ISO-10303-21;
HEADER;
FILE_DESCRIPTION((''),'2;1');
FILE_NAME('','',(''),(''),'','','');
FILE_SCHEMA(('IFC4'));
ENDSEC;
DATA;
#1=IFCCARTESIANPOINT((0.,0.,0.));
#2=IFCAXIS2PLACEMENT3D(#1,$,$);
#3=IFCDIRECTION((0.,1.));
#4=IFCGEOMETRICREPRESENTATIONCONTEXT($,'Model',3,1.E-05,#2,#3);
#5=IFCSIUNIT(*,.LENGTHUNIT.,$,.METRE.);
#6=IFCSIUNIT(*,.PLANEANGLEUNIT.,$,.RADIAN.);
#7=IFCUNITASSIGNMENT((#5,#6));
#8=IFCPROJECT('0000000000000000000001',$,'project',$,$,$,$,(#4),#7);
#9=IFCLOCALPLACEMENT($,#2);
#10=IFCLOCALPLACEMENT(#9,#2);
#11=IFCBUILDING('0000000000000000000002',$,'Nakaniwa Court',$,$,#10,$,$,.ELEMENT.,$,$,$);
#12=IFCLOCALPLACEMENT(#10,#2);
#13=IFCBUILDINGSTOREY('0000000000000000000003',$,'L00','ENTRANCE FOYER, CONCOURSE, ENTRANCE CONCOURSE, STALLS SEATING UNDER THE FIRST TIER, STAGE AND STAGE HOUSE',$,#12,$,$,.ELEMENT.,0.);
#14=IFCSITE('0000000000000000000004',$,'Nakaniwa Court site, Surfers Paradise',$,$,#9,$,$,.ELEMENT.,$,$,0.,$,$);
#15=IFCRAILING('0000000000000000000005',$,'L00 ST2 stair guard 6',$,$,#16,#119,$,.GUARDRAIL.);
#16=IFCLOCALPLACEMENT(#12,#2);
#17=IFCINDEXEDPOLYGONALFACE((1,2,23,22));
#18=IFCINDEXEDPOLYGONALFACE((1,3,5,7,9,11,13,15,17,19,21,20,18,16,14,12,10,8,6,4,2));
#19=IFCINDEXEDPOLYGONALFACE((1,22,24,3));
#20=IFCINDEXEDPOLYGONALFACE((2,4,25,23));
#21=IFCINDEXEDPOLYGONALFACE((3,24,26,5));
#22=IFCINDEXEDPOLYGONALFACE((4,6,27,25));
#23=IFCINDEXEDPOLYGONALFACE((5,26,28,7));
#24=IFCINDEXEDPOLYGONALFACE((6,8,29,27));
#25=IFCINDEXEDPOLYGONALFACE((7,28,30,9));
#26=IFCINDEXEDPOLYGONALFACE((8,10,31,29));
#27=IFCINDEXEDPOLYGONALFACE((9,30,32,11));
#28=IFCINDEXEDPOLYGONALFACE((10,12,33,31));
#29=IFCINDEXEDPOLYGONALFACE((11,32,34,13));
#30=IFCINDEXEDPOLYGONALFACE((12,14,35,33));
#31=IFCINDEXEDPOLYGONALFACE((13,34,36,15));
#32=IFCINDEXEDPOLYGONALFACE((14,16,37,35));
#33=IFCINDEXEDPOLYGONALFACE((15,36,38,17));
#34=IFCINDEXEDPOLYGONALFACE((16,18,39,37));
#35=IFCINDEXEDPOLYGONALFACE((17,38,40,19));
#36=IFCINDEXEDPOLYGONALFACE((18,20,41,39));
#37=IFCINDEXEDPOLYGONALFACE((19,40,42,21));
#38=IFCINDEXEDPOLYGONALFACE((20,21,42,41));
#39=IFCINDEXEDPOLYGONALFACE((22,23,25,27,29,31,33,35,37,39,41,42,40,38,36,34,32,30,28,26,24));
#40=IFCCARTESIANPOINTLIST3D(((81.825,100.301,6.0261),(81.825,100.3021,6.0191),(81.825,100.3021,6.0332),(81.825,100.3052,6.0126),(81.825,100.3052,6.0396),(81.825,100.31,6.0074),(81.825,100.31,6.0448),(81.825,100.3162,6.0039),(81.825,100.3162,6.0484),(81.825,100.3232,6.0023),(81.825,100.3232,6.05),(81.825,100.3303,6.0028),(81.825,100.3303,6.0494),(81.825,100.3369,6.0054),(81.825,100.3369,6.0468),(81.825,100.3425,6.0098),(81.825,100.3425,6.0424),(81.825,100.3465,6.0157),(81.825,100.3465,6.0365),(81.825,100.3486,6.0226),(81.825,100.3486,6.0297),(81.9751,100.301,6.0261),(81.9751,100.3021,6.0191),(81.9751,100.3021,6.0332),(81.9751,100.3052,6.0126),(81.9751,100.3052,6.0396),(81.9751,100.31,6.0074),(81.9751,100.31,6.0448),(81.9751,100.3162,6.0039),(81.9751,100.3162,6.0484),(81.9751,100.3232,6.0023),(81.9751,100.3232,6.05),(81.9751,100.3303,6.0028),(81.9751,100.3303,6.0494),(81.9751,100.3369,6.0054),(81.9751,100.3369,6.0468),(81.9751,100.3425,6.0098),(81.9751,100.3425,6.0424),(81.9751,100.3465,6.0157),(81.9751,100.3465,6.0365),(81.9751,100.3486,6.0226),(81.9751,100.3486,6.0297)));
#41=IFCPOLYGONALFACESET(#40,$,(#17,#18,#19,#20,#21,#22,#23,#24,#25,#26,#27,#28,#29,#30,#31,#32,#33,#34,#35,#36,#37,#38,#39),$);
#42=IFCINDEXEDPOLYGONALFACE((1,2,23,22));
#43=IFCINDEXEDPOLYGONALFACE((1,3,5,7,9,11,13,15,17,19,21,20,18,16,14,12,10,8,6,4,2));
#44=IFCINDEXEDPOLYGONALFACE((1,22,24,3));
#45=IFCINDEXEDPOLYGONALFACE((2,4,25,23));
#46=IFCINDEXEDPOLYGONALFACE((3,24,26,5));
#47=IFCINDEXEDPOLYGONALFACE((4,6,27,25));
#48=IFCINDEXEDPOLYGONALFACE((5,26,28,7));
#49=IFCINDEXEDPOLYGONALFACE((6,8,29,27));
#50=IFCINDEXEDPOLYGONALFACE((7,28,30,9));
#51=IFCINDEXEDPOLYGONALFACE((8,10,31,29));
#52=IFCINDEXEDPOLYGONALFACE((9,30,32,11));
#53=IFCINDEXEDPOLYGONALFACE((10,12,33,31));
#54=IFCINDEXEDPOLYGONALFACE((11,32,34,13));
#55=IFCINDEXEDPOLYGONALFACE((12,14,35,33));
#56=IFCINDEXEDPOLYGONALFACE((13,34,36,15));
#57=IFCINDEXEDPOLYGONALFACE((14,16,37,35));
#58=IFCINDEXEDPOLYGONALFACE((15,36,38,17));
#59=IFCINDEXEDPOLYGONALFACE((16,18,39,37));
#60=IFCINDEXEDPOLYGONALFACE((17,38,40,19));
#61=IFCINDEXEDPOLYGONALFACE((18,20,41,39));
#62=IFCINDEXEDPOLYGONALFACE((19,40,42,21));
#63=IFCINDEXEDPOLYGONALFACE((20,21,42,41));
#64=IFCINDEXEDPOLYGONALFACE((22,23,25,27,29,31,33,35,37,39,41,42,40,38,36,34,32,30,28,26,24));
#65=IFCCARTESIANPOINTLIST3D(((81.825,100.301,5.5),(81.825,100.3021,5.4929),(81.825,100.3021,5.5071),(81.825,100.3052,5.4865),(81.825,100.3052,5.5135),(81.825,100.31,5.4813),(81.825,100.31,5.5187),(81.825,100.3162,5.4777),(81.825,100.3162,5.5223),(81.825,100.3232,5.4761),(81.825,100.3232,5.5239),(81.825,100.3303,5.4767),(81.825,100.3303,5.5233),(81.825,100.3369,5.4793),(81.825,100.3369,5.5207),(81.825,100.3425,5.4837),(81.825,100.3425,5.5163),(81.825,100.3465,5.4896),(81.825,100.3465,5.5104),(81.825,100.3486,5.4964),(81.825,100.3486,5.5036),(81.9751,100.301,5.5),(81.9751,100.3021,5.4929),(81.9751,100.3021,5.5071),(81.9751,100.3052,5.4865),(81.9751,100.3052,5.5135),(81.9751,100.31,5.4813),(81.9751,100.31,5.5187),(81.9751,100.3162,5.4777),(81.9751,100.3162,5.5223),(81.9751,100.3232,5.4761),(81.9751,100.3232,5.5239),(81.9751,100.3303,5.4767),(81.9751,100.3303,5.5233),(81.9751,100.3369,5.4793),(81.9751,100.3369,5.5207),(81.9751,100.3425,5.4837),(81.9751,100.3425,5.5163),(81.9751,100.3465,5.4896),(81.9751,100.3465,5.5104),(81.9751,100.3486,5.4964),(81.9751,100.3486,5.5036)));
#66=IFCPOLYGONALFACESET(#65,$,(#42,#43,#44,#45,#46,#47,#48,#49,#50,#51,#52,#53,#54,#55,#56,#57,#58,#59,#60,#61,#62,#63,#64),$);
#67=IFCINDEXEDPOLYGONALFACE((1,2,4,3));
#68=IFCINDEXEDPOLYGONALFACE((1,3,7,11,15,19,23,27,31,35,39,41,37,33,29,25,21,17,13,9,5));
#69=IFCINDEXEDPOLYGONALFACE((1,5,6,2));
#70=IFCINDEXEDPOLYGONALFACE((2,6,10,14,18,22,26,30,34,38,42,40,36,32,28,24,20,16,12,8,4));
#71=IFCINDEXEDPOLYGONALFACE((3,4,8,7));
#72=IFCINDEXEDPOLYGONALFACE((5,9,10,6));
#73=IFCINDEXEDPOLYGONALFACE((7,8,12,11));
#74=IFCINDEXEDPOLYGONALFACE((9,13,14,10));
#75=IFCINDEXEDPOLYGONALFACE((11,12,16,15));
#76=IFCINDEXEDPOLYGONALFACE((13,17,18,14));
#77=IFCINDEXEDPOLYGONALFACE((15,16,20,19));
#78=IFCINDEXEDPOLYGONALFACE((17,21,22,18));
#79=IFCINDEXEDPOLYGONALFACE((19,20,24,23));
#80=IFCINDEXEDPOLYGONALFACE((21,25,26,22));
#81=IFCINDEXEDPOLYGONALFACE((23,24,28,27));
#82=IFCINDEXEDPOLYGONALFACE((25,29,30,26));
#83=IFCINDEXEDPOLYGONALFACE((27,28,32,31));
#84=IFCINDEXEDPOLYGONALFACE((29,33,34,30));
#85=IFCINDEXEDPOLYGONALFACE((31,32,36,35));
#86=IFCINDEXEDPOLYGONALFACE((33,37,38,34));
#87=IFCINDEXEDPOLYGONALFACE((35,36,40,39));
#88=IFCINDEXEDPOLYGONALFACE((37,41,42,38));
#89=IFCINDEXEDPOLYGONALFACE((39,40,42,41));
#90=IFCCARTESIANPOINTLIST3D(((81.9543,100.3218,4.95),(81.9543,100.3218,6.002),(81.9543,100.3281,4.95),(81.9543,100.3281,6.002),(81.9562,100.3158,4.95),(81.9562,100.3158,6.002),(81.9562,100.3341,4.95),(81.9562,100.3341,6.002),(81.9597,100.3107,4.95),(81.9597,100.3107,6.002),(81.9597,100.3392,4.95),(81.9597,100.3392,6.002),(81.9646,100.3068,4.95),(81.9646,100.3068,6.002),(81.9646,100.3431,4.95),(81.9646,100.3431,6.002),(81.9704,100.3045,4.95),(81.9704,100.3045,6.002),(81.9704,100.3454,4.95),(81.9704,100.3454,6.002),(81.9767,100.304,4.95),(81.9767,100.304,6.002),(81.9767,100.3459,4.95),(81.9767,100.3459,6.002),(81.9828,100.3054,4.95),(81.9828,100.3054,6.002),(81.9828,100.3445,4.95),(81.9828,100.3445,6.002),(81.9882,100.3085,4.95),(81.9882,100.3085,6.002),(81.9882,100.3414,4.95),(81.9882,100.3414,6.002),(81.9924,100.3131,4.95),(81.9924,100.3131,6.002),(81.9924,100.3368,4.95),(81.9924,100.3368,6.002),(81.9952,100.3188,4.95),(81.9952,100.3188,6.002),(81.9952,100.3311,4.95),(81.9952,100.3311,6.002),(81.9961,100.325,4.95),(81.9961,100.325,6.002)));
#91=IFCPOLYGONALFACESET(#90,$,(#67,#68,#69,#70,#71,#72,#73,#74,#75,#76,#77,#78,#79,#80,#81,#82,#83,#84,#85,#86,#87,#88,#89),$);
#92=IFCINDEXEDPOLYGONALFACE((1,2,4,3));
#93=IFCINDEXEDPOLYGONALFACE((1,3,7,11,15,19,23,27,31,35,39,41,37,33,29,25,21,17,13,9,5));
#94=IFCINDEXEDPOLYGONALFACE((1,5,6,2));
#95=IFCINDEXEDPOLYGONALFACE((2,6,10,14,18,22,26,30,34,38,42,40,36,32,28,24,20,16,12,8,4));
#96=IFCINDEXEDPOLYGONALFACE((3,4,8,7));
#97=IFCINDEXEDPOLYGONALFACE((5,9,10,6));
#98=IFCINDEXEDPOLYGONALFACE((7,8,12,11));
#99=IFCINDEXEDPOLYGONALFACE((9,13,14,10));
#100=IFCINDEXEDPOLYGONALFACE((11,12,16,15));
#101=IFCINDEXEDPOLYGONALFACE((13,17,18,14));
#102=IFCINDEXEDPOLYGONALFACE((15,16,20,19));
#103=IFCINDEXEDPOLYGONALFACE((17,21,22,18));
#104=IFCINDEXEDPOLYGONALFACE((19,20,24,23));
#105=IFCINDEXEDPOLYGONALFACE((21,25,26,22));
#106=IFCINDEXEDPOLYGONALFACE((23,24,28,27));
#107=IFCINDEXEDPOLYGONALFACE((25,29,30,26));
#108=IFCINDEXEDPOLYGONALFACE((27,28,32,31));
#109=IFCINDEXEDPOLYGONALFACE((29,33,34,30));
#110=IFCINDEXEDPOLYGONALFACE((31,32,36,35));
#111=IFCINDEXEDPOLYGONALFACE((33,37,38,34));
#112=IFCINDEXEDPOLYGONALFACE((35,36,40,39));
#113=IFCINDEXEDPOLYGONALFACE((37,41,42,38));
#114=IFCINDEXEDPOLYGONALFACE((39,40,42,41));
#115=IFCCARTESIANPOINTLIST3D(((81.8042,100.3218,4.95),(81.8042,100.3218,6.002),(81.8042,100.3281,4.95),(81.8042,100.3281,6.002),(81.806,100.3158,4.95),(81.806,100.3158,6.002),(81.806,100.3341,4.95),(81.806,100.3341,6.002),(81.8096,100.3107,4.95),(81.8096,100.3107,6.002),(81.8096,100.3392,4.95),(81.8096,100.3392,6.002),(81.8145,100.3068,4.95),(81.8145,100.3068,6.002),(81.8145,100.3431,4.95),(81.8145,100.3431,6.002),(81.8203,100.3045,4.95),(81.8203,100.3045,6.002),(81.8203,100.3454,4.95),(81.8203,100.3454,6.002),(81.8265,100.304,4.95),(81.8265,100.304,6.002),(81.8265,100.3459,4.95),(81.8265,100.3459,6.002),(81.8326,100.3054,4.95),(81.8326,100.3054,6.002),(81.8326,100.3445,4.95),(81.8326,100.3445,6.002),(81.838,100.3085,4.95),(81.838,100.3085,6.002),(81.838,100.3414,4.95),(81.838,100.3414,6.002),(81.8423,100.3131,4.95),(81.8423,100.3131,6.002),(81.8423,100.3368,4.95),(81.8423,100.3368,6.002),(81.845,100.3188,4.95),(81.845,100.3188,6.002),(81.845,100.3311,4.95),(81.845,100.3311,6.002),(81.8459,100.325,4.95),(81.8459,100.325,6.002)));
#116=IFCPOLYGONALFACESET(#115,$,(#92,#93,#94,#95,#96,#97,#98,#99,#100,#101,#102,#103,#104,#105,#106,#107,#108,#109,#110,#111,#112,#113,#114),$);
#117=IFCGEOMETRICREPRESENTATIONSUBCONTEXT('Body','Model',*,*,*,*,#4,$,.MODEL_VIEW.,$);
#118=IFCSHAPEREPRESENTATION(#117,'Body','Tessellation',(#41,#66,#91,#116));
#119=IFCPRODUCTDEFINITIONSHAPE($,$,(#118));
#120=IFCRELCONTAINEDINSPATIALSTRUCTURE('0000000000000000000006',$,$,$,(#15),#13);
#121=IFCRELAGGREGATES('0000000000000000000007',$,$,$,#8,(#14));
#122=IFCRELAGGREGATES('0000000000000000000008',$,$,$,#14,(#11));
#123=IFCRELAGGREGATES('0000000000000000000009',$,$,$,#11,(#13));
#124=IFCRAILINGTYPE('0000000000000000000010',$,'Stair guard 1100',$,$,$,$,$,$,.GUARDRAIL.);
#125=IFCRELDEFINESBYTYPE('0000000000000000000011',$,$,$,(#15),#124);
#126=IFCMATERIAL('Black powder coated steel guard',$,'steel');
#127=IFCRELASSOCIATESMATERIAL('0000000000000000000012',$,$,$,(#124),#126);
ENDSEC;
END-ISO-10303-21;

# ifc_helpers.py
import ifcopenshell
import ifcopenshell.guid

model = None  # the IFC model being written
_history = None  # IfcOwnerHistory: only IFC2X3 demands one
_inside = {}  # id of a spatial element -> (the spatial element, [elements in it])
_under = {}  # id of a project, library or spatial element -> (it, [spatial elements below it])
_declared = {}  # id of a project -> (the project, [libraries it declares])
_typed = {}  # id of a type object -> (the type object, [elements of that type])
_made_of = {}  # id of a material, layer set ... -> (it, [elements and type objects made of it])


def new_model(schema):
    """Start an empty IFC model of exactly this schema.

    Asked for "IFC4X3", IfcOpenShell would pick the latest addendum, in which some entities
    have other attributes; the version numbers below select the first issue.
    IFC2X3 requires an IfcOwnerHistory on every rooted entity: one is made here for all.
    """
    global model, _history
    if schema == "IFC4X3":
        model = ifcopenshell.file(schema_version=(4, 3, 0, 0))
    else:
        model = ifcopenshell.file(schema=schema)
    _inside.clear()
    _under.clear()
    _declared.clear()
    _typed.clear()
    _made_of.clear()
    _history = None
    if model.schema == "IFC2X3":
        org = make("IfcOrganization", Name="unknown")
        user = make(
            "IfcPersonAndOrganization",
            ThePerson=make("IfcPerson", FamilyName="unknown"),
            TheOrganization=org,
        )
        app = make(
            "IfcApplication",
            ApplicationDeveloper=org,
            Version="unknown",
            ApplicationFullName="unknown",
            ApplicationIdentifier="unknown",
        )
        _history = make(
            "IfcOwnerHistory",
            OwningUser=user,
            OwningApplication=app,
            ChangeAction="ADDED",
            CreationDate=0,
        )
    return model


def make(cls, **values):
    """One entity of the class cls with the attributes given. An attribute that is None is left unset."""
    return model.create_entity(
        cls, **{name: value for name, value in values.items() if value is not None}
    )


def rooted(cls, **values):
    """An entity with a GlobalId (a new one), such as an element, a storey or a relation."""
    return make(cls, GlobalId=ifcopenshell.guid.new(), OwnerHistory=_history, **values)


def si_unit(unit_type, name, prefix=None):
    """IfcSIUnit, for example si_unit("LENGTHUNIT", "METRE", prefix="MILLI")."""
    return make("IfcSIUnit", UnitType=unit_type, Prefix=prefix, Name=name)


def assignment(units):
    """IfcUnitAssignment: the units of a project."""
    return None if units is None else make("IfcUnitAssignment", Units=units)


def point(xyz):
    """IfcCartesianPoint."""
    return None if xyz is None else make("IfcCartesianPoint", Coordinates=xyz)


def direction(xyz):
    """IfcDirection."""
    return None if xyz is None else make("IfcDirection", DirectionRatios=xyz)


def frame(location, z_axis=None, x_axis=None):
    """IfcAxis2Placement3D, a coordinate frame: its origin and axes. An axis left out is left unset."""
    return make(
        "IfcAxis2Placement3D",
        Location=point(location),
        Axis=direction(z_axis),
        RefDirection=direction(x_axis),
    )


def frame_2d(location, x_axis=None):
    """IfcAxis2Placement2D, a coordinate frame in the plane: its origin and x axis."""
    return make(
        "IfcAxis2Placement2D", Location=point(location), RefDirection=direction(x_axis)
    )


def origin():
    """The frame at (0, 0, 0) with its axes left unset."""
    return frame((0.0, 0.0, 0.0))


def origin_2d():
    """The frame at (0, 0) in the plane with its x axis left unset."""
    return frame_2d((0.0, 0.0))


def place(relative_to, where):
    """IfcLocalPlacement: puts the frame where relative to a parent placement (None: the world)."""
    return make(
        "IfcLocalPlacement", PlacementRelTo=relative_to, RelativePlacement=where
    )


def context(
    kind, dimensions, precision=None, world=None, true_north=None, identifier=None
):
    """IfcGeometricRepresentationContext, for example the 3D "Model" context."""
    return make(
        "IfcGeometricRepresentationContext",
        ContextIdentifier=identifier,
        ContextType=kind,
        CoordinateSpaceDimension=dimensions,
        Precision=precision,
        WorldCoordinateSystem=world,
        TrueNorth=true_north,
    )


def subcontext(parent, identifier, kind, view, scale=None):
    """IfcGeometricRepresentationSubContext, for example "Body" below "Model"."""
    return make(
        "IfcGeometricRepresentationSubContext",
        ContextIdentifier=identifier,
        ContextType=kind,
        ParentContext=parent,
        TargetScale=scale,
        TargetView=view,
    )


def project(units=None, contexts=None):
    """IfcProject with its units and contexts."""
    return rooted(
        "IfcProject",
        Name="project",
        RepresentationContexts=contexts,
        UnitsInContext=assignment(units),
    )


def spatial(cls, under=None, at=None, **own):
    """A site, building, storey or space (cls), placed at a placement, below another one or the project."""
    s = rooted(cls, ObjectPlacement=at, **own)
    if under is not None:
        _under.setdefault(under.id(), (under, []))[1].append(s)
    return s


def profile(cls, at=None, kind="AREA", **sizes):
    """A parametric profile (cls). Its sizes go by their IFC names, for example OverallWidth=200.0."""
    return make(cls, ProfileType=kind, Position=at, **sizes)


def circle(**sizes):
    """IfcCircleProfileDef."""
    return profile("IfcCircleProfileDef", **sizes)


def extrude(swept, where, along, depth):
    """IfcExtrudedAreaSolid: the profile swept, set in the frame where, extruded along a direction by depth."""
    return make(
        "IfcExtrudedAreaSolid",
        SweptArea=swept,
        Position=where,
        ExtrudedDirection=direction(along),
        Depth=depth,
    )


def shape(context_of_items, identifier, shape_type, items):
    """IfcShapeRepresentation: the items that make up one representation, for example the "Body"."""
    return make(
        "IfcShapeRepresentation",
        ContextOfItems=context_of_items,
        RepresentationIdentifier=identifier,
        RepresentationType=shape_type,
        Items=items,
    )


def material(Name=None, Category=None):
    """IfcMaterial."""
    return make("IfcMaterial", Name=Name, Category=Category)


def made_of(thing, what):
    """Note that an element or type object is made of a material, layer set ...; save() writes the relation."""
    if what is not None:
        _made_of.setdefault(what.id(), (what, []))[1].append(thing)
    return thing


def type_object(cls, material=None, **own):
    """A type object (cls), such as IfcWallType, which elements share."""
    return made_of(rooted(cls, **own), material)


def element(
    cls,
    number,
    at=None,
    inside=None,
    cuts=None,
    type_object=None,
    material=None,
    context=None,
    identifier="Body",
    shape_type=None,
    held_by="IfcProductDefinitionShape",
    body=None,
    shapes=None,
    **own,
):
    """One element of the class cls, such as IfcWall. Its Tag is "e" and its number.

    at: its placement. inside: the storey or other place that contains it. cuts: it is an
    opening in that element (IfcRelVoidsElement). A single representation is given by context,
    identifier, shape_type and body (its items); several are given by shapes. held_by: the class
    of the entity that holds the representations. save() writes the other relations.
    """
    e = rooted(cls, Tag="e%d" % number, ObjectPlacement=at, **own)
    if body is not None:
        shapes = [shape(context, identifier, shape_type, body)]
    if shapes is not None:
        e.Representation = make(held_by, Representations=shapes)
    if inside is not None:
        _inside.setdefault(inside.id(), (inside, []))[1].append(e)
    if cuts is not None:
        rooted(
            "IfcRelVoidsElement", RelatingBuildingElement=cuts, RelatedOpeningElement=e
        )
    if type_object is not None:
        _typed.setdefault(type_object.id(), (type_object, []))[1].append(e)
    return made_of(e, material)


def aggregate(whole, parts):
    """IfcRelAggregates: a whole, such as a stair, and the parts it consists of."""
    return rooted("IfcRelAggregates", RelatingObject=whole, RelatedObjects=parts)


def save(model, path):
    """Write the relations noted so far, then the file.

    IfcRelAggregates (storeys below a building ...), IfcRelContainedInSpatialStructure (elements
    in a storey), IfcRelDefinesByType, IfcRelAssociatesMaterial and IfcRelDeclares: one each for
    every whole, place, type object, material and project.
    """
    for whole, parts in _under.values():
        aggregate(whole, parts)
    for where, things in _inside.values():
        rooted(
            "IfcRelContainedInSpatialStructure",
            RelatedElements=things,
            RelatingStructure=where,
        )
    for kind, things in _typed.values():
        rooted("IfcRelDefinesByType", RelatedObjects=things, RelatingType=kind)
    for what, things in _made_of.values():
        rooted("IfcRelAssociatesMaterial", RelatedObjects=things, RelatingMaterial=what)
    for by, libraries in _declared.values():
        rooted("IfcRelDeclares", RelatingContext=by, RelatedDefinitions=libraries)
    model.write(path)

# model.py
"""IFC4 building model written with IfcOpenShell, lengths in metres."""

from ifc_helpers import new_model, si_unit, direction, frame, origin, origin_2d, place, context, subcontext, project, spatial, circle, extrude, material, type_object, element, save


model = new_model("IFC4")

# Units and contexts
model_context = context("Model", 3, precision=1e-05, world=origin(), true_north=direction((0.0, 1.0)))
body_context = subcontext(model_context, "Body", "Model", "MODEL_VIEW")
ifc_project = project(units=[si_unit("LENGTHUNIT", "METRE"), si_unit("PLANEANGLEUNIT", "RADIAN")], contexts=[model_context])

# Site, building, storey
site_placement = place(None, origin())
site = spatial("IfcSite", under=ifc_project, at=site_placement, Name="Nakaniwa Court site, Surfers Paradise", CompositionType="ELEMENT", RefElevation=0.0)
building_placement = place(site_placement, origin())
building = spatial("IfcBuilding", under=site, at=building_placement, Name="Nakaniwa Court", CompositionType="ELEMENT")
storey_placement = place(building_placement, origin())
storey = spatial("IfcBuildingStorey", under=building, at=storey_placement, Name="L00", Description="ENTRANCE FOYER, CONCOURSE, ENTRANCE CONCOURSE, STALLS SEATING UNDER THE FIRST TIER, STAGE AND STAGE HOUSE", CompositionType="ELEMENT", Elevation=0.0)

# Railing
ifc_material_1 = material(Name="Black powder coated steel guard", Category="steel")
railing_type = type_object("IfcRailingType", Name="Stair guard 1100", PredefinedType="GUARDRAIL", material=ifc_material_1)
for number, where, name in (
    (1, (81.9751, 100.325, 4.95), "L00 ST2 stair guard 6"),
):
    element("IfcRailing", number, at=place(storey_placement, frame(where)), inside=storey, type_object=railing_type, Name=name, PredefinedType="GUARDRAIL", context=body_context, shape_type="SweptSolid", body=[
        extrude(circle(Radius=0.0239, at=origin_2d()), frame((0.0, 0.0, 1.0762), z_axis=(-1.0, 0.0, 0.0), x_axis=(0.0, -1.0, 0.0)), (0.0, 0.0, 1.0), 0.1501),
        extrude(circle(Radius=0.0239, at=origin_2d()), frame((0.0, 0.0, 0.55), z_axis=(-1.0, 0.0, 0.0), x_axis=(0.0, -1.0, 0.0)), (0.0, 0.0, 1.0), 0.1501),
        extrude(circle(Radius=0.021, at=origin_2d()), origin(), (0.0, 0.0, 1.0), 1.052),
        extrude(circle(Radius=0.021, at=origin_2d()), frame((-0.1501, 0.0, 0.0)), (0.0, 0.0, 1.0), 1.052),
    ])

save(model, "model.ifc")
